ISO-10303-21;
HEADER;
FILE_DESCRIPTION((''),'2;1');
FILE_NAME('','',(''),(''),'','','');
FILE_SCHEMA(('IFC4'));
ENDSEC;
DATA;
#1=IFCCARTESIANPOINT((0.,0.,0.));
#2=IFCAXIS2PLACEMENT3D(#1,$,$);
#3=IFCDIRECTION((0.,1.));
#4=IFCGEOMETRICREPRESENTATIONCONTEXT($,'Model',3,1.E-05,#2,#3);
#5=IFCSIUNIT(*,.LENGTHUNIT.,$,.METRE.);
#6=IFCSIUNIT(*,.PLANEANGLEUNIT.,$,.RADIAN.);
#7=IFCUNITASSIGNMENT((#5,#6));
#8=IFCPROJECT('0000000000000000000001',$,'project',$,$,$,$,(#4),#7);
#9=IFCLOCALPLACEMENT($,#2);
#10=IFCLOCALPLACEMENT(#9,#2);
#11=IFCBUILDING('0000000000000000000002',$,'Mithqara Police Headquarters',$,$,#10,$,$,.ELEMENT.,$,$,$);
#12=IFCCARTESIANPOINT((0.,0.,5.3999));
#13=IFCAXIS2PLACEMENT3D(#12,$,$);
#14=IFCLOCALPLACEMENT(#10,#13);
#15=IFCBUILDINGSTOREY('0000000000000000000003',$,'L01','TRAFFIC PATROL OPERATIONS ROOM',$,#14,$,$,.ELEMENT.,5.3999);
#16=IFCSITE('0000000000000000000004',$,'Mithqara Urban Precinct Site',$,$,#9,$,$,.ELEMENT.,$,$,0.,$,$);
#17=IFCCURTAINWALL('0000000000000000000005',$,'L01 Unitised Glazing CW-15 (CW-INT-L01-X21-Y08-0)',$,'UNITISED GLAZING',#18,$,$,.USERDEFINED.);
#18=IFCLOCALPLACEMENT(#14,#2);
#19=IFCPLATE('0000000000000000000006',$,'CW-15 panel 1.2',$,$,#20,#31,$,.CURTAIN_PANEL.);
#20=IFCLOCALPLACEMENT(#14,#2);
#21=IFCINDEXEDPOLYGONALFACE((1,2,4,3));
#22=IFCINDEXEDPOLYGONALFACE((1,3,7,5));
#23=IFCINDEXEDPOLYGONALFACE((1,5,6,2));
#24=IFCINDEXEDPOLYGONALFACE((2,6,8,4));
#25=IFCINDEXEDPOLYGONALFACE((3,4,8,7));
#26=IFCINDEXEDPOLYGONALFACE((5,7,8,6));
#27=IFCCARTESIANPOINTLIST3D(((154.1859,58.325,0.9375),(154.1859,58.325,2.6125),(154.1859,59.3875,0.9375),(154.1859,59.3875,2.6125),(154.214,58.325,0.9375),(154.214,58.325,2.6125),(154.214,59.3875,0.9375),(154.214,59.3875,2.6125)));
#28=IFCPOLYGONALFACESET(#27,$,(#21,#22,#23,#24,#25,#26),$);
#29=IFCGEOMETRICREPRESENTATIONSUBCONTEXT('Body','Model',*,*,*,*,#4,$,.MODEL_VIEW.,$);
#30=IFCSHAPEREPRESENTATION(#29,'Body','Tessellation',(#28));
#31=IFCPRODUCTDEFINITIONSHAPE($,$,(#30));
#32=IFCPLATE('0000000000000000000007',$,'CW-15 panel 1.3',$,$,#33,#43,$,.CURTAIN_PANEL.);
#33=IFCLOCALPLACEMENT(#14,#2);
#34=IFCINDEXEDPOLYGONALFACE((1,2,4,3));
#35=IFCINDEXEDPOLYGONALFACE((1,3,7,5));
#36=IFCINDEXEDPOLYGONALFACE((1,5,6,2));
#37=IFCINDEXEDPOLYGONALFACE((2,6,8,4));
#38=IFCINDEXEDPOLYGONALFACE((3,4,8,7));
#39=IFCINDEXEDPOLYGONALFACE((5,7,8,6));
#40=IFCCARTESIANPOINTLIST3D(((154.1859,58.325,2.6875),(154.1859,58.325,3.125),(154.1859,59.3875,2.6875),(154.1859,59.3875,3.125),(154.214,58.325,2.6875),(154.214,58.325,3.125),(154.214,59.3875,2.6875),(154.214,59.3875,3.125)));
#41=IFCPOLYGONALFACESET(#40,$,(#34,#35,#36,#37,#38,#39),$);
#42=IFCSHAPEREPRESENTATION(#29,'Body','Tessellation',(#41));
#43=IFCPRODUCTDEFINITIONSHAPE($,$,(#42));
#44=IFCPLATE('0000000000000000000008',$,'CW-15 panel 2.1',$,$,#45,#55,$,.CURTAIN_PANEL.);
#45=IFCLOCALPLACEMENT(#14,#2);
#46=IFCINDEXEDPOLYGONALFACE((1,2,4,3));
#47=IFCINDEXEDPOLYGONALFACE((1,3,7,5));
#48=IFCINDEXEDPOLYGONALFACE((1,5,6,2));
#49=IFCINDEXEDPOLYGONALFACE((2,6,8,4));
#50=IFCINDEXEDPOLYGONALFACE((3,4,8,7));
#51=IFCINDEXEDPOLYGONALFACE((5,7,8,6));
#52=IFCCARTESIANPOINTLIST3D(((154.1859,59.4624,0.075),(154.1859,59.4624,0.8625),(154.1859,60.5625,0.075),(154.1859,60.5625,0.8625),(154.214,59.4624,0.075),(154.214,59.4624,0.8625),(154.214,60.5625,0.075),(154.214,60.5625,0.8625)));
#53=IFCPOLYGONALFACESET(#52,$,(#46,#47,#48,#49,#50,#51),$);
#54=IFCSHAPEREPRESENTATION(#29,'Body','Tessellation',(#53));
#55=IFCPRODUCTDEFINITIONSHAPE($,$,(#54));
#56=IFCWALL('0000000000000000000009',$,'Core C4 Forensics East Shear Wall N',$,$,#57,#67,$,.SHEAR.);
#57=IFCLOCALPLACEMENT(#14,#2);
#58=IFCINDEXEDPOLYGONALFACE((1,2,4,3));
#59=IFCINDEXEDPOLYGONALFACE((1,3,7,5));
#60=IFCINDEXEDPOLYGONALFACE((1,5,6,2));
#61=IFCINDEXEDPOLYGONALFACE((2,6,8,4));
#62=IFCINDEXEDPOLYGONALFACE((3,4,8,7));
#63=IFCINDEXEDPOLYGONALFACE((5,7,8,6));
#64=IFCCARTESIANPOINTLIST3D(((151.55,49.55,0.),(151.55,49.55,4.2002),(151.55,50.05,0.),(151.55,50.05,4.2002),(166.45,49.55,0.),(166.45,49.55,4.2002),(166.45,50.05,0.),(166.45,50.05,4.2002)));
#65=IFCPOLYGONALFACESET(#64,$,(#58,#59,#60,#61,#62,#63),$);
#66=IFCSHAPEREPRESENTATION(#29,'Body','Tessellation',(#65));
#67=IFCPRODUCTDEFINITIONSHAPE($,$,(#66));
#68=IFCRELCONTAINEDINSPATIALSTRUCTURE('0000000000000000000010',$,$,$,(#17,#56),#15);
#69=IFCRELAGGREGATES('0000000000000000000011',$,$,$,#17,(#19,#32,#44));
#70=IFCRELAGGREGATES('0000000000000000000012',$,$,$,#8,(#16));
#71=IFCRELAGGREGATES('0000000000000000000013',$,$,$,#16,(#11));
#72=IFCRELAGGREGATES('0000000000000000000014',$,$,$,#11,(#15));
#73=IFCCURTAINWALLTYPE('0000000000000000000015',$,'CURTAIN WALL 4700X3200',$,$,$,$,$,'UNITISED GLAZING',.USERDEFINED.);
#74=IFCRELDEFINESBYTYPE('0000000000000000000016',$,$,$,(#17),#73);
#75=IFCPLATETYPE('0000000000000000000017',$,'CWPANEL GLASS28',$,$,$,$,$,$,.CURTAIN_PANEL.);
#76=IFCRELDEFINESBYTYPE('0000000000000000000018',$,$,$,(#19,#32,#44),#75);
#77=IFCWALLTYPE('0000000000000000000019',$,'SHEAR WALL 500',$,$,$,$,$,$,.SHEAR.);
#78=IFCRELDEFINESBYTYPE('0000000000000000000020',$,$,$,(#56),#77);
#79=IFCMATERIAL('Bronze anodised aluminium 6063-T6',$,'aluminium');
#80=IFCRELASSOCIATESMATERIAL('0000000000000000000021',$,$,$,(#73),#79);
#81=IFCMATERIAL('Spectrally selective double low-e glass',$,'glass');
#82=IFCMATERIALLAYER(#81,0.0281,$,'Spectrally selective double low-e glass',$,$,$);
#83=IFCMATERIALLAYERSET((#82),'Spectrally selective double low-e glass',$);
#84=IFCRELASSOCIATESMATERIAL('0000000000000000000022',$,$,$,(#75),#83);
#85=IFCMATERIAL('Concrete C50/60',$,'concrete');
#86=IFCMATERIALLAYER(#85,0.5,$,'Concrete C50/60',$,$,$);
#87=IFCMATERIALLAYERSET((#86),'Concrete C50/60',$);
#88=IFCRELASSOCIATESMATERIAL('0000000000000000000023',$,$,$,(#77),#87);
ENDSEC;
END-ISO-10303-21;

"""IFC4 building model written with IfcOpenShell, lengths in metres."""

from ifc_helpers import new_model, si_unit, direction, frame, frame_2d, origin, origin_2d, place, context, subcontext, project, spatial, rectangle, extrude, material, layer, layer_set, type_object, element, aggregate, save


model = new_model("IFC4")

# Units and contexts
model_context = context("Model", 3, precision=1e-05, world=origin(), true_north=direction((0.0, 1.0)))
body_context = subcontext(model_context, "Body", "Model", "MODEL_VIEW")
ifc_project = project(units=[si_unit("LENGTHUNIT", "METRE"), si_unit("PLANEANGLEUNIT", "RADIAN")], contexts=[model_context])

# Site, building, storey
site_placement = place(None, origin())
site = spatial("IfcSite", under=ifc_project, at=site_placement, Name="Mithqara Urban Precinct Site", CompositionType="ELEMENT", RefElevation=0.0)
building_placement = place(site_placement, origin())
building = spatial("IfcBuilding", under=site, at=building_placement, Name="Mithqara Police Headquarters", CompositionType="ELEMENT")
storey_placement = place(building_placement, frame((0.0, 0.0, 5.3999)))
storey = spatial("IfcBuildingStorey", under=building, at=storey_placement, Name="L01", Description="TRAFFIC PATROL OPERATIONS ROOM", CompositionType="ELEMENT", Elevation=5.3999)

# Shared definitions
ifc_material_1 = material(Name="Concrete C50/60", Category="concrete")

# Curtain wall, plates
ifc_material_2 = material(Name="Bronze anodised aluminium 6063-T6", Category="aluminium")
curtain_wall_type = type_object("IfcCurtainWallType", Name="CURTAIN WALL 4700X3200", ElementType="UNITISED GLAZING", PredefinedType="USERDEFINED", material=ifc_material_2)
curtain_wall_placement = place(storey_placement, origin())
curtain_wall = element("IfcCurtainWall", 1, at=curtain_wall_placement, inside=storey, type_object=curtain_wall_type, Name="L01 Unitised Glazing CW-15 (CW-INT-L01-X21-Y08-0)", ObjectType="UNITISED GLAZING", PredefinedType="USERDEFINED")
ifc_material_3 = material(Name="Spectrally selective double low-e glass", Category="glass")
ifc_layer_1 = layer(ifc_material_3, 0.0281, Name="Spectrally selective double low-e glass")
ifc_layer_set_1 = layer_set([ifc_layer_1], Name="Spectrally selective double low-e glass")
plate_type = type_object("IfcPlateType", Name="CWPANEL GLASS28", PredefinedType="CURTAIN_PANEL", material=ifc_layer_set_1)
plate_1_placement = place(storey_placement, frame((154.2, 58.8562, 0.9375), z_axis=(0.0, 0.0, 1.0), x_axis=(0.0, 1.0, 0.0)))
plate_1 = element("IfcPlate", 2, at=plate_1_placement, type_object=plate_type, Name="CW-15 panel 1.2", PredefinedType="CURTAIN_PANEL", context=body_context, shape_type="SweptSolid", body=[
    extrude(rectangle(XDim=1.0625, YDim=0.0281, at=origin_2d()), origin(), (0.0, 0.0, 1.0), 1.675),
])
plate_2_placement = place(storey_placement, frame((154.2, 58.8562, 2.6875), z_axis=(0.0, 0.0, 1.0), x_axis=(0.0, 1.0, 0.0)))
plate_2 = element("IfcPlate", 3, at=plate_2_placement, type_object=plate_type, Name="CW-15 panel 1.3", PredefinedType="CURTAIN_PANEL", context=body_context, shape_type="SweptSolid", body=[
    extrude(rectangle(XDim=1.0625, YDim=0.0281, at=origin_2d()), origin(), (0.0, 0.0, 1.0), 0.4375),
])
plate_3_placement = place(storey_placement, frame((154.2, 60.0125, 0.075), z_axis=(0.0, 0.0, 1.0), x_axis=(0.0, 1.0, 0.0)))
plate_3 = element("IfcPlate", 4, at=plate_3_placement, type_object=plate_type, Name="CW-15 panel 2.1", PredefinedType="CURTAIN_PANEL", context=body_context, shape_type="SweptSolid", body=[
    extrude(rectangle(XDim=1.1001, YDim=0.0281, at=origin_2d()), origin(), (0.0, 0.0, 1.0), 0.7876),
])
aggregate(curtain_wall, [plate_1, plate_2, plate_3])

# Wall
ifc_layer_2 = layer(ifc_material_1, 0.5, Name="Concrete C50/60")
ifc_layer_set_2 = layer_set([ifc_layer_2], Name="Concrete C50/60")
wall_type = type_object("IfcWallType", Name="SHEAR WALL 500", PredefinedType="SHEAR", material=ifc_layer_set_2)
wall_placement = place(storey_placement, frame((151.55, 49.8, 0.0), z_axis=(0.0, 0.0, 1.0), x_axis=(1.0, 0.0, 0.0)))
element("IfcWall", 5, at=wall_placement, inside=storey, type_object=wall_type, Name="Core C4 Forensics East Shear Wall N", PredefinedType="SHEAR", context=body_context, shape_type="SweptSolid", body=[
    extrude(rectangle(XDim=14.8999, YDim=0.5, at=frame_2d((7.45, 0.0))), origin(), (0.0, 0.0, 1.0), 4.2002),
])

save(model, "model.ifc")
